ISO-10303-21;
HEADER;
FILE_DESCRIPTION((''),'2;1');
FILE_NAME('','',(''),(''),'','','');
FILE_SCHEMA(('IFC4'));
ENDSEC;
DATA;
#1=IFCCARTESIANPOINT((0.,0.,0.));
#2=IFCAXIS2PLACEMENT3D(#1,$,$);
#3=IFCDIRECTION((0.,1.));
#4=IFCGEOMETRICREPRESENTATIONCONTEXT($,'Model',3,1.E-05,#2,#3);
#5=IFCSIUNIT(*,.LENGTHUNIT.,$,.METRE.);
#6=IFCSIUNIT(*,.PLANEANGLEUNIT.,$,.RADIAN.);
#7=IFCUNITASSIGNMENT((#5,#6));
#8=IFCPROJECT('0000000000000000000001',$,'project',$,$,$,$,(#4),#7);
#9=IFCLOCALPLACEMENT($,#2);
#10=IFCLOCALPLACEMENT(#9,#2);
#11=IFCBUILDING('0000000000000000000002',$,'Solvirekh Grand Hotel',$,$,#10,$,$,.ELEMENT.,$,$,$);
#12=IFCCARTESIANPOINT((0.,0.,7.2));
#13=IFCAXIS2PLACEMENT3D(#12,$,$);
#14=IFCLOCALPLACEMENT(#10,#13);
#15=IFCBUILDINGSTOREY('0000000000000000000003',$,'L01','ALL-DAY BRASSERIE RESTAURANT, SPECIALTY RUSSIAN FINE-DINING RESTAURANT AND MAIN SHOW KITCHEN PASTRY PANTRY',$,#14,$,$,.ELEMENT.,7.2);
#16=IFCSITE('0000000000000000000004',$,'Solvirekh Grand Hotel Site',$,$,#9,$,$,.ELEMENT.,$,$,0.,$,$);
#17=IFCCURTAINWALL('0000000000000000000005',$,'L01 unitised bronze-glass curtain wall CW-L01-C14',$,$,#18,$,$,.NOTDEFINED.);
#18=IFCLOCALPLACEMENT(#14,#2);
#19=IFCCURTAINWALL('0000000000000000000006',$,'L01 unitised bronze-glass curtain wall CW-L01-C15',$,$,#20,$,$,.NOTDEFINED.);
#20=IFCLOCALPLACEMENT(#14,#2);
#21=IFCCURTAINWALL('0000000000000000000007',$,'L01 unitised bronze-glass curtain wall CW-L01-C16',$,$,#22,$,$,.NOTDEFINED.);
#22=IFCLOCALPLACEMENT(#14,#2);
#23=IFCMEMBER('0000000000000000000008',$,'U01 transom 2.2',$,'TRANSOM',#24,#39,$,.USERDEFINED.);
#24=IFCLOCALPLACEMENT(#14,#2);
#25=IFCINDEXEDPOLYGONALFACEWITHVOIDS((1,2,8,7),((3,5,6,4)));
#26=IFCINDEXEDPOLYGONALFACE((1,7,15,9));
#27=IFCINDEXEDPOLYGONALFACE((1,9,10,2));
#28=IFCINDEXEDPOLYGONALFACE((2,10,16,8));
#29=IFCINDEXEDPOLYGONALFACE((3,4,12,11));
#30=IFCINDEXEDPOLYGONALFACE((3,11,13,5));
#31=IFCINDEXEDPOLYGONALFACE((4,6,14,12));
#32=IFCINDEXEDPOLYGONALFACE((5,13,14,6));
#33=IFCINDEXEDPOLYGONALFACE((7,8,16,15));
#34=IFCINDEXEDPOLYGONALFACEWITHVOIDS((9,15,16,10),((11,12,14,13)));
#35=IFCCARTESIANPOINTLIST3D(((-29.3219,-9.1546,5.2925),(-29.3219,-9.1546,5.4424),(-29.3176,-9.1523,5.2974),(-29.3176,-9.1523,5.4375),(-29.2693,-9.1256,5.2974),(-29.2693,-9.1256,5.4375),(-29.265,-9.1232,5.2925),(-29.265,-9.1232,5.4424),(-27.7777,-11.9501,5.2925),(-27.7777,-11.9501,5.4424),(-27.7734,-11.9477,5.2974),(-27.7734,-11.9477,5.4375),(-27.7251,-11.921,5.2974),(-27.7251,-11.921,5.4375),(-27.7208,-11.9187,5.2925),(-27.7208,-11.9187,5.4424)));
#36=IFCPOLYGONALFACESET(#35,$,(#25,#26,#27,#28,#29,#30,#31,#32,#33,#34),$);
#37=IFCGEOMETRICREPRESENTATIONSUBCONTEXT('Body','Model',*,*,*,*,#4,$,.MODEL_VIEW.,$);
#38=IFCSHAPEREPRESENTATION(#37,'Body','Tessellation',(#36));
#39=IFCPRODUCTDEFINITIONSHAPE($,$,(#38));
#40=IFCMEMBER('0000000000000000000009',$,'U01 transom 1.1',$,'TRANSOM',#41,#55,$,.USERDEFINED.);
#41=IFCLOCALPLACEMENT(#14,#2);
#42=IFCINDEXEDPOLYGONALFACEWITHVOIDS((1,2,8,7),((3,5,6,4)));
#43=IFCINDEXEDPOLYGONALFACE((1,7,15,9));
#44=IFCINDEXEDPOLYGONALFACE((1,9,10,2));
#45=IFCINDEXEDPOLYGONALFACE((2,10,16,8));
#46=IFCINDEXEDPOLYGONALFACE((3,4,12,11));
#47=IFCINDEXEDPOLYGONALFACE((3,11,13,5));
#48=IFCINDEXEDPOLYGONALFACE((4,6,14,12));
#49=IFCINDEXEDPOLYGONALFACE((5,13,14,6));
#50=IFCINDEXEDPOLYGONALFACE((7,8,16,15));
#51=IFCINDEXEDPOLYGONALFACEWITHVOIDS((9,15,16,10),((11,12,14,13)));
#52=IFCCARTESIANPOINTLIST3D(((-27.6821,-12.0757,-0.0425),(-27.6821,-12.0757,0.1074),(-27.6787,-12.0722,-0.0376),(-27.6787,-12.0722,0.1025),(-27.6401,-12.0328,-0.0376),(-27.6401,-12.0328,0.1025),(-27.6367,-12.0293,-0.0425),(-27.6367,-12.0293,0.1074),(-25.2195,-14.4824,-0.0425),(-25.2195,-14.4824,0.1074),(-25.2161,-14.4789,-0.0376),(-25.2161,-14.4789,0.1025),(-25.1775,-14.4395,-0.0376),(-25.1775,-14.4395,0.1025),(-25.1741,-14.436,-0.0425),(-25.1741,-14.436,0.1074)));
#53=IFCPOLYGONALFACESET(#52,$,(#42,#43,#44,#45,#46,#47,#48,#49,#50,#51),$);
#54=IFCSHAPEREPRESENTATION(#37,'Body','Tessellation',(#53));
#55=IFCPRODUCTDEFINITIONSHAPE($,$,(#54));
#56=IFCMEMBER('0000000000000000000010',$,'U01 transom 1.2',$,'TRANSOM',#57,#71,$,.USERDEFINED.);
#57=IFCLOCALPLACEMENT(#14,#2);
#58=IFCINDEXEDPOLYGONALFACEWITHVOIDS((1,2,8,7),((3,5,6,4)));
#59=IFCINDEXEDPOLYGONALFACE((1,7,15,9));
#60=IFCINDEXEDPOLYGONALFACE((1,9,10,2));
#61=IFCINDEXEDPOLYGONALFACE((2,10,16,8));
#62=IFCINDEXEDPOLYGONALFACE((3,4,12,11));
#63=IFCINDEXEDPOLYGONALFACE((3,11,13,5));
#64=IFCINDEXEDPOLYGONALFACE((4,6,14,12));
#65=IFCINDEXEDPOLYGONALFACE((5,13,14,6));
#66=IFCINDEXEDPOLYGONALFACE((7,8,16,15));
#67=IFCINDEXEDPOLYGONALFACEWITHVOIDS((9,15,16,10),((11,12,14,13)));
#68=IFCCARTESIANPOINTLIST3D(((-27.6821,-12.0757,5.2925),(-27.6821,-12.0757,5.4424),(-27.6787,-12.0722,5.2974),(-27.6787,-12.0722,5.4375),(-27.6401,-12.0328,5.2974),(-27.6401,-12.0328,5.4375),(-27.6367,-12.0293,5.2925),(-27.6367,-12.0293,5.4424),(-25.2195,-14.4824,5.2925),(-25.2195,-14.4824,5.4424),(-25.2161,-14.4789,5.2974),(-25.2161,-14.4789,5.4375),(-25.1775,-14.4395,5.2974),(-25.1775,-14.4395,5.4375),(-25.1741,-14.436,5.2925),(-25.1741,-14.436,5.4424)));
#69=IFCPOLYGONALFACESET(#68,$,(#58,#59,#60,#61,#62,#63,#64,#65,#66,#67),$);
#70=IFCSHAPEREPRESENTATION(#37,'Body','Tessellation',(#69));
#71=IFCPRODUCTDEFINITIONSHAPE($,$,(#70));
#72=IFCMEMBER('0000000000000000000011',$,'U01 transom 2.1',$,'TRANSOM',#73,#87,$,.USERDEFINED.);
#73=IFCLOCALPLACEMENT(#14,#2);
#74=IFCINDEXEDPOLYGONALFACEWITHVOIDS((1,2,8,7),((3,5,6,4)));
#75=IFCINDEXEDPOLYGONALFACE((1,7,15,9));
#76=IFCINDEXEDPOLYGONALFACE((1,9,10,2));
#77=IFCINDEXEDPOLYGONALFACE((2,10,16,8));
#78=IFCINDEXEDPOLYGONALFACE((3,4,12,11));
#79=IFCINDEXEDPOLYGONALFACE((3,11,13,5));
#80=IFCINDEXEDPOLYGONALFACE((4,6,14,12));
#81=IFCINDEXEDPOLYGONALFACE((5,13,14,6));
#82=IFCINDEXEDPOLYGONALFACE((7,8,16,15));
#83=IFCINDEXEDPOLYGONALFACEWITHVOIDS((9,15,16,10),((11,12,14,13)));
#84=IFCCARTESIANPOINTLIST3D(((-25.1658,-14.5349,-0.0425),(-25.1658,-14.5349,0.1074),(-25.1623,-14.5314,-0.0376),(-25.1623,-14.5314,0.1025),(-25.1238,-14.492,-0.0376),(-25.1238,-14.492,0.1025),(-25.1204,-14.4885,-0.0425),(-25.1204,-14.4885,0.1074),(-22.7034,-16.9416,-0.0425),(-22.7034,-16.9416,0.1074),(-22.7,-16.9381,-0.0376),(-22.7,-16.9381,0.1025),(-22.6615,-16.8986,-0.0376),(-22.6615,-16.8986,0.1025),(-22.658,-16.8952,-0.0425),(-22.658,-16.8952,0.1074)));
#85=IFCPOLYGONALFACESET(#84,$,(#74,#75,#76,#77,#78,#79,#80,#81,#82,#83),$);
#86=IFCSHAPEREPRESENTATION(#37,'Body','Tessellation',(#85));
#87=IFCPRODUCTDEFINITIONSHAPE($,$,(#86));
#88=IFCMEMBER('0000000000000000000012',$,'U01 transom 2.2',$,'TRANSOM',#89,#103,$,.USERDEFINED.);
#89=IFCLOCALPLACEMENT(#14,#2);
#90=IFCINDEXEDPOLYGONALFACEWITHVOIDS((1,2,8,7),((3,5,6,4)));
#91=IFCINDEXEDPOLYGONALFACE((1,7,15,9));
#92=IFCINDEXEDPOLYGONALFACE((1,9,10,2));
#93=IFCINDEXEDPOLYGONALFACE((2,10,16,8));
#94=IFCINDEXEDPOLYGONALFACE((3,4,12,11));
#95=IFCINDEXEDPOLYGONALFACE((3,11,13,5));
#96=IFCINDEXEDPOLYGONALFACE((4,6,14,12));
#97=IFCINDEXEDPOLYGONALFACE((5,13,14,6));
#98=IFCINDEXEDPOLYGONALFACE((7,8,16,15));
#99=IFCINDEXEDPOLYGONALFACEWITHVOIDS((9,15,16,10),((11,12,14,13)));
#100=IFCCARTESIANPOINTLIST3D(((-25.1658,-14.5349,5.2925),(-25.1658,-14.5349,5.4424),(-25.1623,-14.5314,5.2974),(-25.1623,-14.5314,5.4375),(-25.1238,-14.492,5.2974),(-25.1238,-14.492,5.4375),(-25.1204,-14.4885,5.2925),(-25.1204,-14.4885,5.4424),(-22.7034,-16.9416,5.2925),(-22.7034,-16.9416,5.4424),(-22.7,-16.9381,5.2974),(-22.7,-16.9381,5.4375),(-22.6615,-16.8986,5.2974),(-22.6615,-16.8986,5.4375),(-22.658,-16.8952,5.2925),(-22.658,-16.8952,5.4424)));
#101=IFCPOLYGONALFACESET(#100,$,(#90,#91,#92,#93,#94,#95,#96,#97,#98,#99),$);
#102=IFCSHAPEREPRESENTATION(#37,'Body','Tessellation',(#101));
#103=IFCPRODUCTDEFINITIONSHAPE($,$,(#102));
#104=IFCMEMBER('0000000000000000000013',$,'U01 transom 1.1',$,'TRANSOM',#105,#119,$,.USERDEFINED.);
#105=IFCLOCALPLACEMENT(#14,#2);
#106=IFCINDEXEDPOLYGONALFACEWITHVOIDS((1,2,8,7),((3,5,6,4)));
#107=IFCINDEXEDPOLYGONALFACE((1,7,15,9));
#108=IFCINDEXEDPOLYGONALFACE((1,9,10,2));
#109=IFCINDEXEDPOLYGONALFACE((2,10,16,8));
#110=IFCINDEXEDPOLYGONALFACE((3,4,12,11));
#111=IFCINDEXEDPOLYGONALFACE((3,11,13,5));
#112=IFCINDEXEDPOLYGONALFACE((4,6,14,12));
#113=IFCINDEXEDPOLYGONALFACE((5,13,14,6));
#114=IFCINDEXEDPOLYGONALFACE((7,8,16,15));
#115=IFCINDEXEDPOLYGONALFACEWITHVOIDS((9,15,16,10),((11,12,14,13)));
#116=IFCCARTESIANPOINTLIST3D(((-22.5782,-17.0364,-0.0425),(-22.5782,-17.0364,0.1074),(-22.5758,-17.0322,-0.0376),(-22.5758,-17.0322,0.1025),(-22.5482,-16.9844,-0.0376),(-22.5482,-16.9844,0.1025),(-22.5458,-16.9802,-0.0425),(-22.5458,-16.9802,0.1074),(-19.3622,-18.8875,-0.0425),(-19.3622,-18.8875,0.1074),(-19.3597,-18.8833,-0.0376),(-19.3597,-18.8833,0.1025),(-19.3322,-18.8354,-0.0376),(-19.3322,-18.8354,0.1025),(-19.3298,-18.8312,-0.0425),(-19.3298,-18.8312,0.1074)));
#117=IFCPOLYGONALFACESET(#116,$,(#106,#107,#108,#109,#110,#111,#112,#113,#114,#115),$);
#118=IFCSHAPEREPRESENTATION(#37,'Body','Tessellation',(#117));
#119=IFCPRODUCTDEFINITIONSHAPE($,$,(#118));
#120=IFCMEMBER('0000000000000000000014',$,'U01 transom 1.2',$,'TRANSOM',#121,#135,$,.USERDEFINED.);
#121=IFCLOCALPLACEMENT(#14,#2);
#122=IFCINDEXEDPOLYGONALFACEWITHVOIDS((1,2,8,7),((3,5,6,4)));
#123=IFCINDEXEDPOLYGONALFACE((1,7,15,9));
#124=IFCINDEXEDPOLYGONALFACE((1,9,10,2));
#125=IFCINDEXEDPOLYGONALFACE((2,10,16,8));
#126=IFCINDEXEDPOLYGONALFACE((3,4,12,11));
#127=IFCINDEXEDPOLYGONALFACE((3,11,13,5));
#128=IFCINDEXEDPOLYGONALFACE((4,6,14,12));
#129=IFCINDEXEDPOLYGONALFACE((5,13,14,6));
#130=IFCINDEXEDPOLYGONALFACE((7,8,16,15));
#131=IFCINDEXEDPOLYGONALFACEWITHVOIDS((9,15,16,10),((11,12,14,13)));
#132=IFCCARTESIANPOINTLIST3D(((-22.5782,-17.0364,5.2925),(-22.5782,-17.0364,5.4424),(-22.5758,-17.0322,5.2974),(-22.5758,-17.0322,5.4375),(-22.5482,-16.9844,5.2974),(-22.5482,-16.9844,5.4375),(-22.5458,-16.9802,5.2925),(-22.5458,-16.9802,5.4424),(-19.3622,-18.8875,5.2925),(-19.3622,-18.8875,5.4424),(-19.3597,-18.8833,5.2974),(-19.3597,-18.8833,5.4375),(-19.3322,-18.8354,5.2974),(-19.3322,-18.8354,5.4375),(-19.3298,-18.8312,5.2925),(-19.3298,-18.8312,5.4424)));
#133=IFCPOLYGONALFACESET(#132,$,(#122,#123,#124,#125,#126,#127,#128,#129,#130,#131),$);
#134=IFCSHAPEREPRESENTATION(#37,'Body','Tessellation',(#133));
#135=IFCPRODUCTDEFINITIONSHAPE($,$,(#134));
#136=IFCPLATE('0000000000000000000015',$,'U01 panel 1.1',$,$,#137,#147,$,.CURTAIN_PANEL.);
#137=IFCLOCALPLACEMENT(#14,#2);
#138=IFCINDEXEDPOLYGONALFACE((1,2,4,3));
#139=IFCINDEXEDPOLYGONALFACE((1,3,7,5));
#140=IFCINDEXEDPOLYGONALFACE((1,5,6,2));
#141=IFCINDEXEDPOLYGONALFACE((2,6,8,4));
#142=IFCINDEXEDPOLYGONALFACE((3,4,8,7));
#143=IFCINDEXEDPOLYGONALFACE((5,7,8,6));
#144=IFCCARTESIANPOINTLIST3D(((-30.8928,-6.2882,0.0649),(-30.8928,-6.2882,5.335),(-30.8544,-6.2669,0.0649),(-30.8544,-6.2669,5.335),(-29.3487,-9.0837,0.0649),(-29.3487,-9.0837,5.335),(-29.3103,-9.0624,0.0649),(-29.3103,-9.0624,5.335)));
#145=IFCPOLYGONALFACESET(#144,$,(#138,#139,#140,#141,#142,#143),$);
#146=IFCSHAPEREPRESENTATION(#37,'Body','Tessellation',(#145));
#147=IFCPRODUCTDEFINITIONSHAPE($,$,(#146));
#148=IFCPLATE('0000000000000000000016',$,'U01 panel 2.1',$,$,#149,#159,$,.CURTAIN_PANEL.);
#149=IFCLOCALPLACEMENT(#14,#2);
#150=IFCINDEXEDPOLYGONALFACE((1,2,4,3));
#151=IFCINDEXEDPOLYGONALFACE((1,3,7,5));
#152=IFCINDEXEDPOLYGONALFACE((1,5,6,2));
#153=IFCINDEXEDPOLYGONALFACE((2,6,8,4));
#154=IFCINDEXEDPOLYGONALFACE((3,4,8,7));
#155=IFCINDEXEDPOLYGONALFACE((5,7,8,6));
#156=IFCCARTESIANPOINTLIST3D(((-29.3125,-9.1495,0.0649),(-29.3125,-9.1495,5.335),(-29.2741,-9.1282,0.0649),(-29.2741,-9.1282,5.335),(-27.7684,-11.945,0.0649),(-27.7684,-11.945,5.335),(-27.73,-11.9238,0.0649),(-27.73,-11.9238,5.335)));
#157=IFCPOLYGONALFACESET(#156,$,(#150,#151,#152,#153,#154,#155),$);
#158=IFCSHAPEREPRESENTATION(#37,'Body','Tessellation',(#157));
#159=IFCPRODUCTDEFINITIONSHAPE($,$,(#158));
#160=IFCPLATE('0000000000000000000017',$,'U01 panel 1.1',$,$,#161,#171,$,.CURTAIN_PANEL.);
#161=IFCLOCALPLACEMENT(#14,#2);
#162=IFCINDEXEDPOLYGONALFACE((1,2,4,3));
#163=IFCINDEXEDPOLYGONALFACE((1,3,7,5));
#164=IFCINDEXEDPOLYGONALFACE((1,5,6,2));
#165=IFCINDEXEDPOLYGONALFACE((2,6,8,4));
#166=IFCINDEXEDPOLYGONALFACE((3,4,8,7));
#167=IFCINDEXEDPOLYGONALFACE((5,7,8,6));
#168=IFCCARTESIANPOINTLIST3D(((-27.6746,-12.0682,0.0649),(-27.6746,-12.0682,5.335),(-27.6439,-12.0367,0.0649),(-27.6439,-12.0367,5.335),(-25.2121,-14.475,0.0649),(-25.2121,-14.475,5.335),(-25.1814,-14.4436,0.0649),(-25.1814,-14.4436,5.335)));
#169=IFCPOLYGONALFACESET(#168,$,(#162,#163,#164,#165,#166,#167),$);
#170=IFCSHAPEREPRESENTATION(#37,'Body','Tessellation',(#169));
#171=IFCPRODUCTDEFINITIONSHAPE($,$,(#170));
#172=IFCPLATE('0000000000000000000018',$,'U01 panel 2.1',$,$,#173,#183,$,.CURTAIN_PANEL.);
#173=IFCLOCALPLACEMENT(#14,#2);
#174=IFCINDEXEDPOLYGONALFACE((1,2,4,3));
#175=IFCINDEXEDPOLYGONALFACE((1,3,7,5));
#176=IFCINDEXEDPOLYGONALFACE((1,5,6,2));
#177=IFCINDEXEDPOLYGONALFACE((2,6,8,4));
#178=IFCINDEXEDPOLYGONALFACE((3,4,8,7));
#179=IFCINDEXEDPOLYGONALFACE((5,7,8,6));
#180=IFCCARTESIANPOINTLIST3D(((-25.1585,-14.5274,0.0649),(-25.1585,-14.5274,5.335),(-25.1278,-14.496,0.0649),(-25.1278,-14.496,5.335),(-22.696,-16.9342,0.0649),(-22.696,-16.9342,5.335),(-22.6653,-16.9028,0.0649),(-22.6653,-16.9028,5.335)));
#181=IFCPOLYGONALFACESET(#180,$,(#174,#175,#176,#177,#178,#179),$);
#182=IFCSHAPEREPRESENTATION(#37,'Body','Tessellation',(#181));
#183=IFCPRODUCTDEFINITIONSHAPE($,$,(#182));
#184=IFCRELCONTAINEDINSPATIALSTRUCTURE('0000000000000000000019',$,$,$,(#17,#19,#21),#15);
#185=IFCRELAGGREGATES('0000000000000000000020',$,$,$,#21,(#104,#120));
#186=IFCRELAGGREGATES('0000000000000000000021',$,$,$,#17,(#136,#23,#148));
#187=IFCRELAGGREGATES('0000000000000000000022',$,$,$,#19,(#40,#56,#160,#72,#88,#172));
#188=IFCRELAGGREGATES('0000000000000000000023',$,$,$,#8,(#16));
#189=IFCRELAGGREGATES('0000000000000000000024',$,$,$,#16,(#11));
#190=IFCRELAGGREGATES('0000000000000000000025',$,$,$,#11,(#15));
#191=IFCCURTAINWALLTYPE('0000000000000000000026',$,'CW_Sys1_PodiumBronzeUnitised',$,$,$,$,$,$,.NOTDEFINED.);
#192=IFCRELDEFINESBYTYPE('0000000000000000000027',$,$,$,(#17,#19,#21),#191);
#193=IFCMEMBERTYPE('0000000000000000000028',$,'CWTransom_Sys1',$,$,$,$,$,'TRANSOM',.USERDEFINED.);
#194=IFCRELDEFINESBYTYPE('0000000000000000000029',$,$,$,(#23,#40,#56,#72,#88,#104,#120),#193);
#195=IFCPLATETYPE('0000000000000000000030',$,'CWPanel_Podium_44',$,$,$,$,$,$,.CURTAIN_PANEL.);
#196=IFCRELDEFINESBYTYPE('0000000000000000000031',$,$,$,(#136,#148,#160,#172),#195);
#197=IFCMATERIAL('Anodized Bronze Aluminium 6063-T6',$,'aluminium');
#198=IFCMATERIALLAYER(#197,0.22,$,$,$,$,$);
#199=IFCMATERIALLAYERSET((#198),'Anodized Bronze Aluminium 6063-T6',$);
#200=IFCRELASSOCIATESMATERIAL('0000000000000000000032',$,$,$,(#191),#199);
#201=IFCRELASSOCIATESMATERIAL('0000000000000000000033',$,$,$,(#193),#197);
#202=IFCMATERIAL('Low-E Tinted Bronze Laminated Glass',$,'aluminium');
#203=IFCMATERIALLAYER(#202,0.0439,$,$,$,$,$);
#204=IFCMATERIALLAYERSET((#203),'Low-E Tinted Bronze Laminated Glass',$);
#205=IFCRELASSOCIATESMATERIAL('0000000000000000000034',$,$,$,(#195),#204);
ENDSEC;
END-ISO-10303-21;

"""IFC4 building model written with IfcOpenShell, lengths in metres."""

from ifc_helpers import new_model, si_unit, direction, frame, origin, origin_2d, place, context, subcontext, project, spatial, rectangle, hollow_rectangle, extrude, source, transform, mapped, material, layer, layer_set, material_profile, profile_set, type_object, element, aggregate, save


model = new_model("IFC4")

# Units and contexts
model_context = context("Model", 3, precision=1e-05, world=origin(), true_north=direction((0.0, 1.0)))
body_context = subcontext(model_context, "Body", "Model", "MODEL_VIEW")
ifc_project = project(units=[si_unit("LENGTHUNIT", "METRE"), si_unit("PLANEANGLEUNIT", "RADIAN")], contexts=[model_context])

# Site, building, storey
site_placement = place(None, origin())
site = spatial("IfcSite", under=ifc_project, at=site_placement, Name="Solvirekh Grand Hotel Site", CompositionType="ELEMENT", RefElevation=0.0)
building_placement = place(site_placement, origin())
building = spatial("IfcBuilding", under=site, at=building_placement, Name="Solvirekh Grand Hotel", CompositionType="ELEMENT")
storey_placement = place(building_placement, frame((0.0, 0.0, 7.2)))
storey = spatial("IfcBuildingStorey", under=building, at=storey_placement, Name="L01", Description="ALL-DAY BRASSERIE RESTAURANT, SPECIALTY RUSSIAN FINE-DINING RESTAURANT AND MAIN SHOW KITCHEN PASTRY PANTRY", CompositionType="ELEMENT", Elevation=7.2)

# Curtain walls
ifc_material_1 = material(Name="Anodized Bronze Aluminium 6063-T6", Category="aluminium")
ifc_layer_1 = layer(ifc_material_1, 0.22)
ifc_layer_set_1 = layer_set([ifc_layer_1], Name="Anodized Bronze Aluminium 6063-T6")
curtain_wall_type = type_object("IfcCurtainWallType", Name="CW_Sys1_PodiumBronzeUnitised", PredefinedType="NOTDEFINED", material=ifc_layer_set_1)
curtain_wall_1_placement = place(storey_placement, origin())
curtain_wall_1 = element("IfcCurtainWall", 1, at=curtain_wall_1_placement, inside=storey, type_object=curtain_wall_type, Name="L01 unitised bronze-glass curtain wall CW-L01-C14", PredefinedType="NOTDEFINED")
curtain_wall_2_placement = place(storey_placement, origin())
curtain_wall_2 = element("IfcCurtainWall", 2, at=curtain_wall_2_placement, inside=storey, type_object=curtain_wall_type, Name="L01 unitised bronze-glass curtain wall CW-L01-C15", PredefinedType="NOTDEFINED")

# Curtain wall
curtain_wall_3_placement = place(storey_placement, origin())
curtain_wall_3 = element("IfcCurtainWall", 3, at=curtain_wall_3_placement, inside=storey, type_object=curtain_wall_type, Name="L01 unitised bronze-glass curtain wall CW-L01-C16", PredefinedType="NOTDEFINED")

# Members
ifc_material_profile_1 = material_profile(ifc_material_1, hollow_rectangle(XDim=0.0649, YDim=0.1499, WallThickness=0.0049, at=origin_2d()), Name="ALU RHS 150X65X5")
ifc_profile_set_1 = profile_set([ifc_material_profile_1], Name="Anodized Bronze Aluminium 6063-T6")
member_type_1 = type_object("IfcMemberType", Name="CWTransom_Sys1", ElementType="TRANSOM", PredefinedType="USERDEFINED", material=ifc_profile_set_1)
shared_shape_1 = source(origin(), body_context, "Body", "SweptSolid", [
    extrude(hollow_rectangle(XDim=0.0649, YDim=0.1499, WallThickness=0.0049, at=origin_2d()), origin(), (0.0, 0.0, 1.0), 3.1936),
])
member_1_placement = place(storey_placement, frame((-29.2935, -9.1389, 5.3674), z_axis=(0.483532, -0.875327, 0.0), x_axis=(0.875327, 0.483532, 0.0)))
member_1 = element("IfcMember", 4, at=member_1_placement, type_object=member_type_1, Name="U01 transom 2.2", ObjectType="TRANSOM", PredefinedType="USERDEFINED", context=body_context, shape_type="MappedRepresentation", body=[
    mapped(shared_shape_1, transform((0.0, 0.0, 0.0), x_axis=(1.0, 0.0, 0.0), y_axis=(0.0, 1.0, 0.0), z_axis=(0.0, 0.0, 1.0), scale=1.0)),
])
shared_shape_2 = source(origin(), body_context, "Body", "SweptSolid", [
    extrude(hollow_rectangle(XDim=0.0649, YDim=0.1499, WallThickness=0.0049, at=origin_2d()), origin(), (0.0, 0.0, 1.0), 3.4434),
])
member_2_placement = place(storey_placement, frame((-27.6594, -12.0525, 0.0325), z_axis=(0.715178, -0.698942, 0.0), x_axis=(0.698942, 0.715178, 0.0)))
member_2 = element("IfcMember", 5, at=member_2_placement, type_object=member_type_1, Name="U01 transom 1.1", ObjectType="TRANSOM", PredefinedType="USERDEFINED", context=body_context, shape_type="MappedRepresentation", body=[
    mapped(shared_shape_2, transform((0.0, 0.0, 0.0), x_axis=(1.0, 0.0, 0.0), y_axis=(0.0, 1.0, 0.0), z_axis=(0.0, 0.0, 1.0), scale=1.0)),
])
member_3_placement = place(storey_placement, frame((-27.6594, -12.0525, 5.3674), z_axis=(0.715178, -0.698942, 0.0), x_axis=(0.698942, 0.715178, 0.0)))
member_3 = element("IfcMember", 6, at=member_3_placement, type_object=member_type_1, Name="U01 transom 1.2", ObjectType="TRANSOM", PredefinedType="USERDEFINED", context=body_context, shape_type="MappedRepresentation", body=[
    mapped(shared_shape_2, transform((0.0, 0.0, 0.0), x_axis=(1.0, 0.0, 0.0), y_axis=(0.0, 1.0, 0.0), z_axis=(0.0, 0.0, 1.0), scale=1.0)),
])
shared_shape_3 = source(origin(), body_context, "Body", "SweptSolid", [
    extrude(hollow_rectangle(XDim=0.0649, YDim=0.1499, WallThickness=0.0049, at=origin_2d()), origin(), (0.0, 0.0, 1.0), 3.4431),
])
member_4_placement = place(storey_placement, frame((-25.1431, -14.5117, 0.0325), z_axis=(0.715144, -0.698977, 0.0), x_axis=(0.698977, 0.715144, 0.0)))
member_4 = element("IfcMember", 7, at=member_4_placement, type_object=member_type_1, Name="U01 transom 2.1", ObjectType="TRANSOM", PredefinedType="USERDEFINED", context=body_context, shape_type="MappedRepresentation", body=[
    mapped(shared_shape_3, transform((0.0, 0.0, 0.0), x_axis=(1.0, 0.0, 0.0), y_axis=(0.0, 1.0, 0.0), z_axis=(0.0, 0.0, 1.0), scale=1.0)),
])
member_5_placement = place(storey_placement, frame((-25.1431, -14.5117, 5.3674), z_axis=(0.715144, -0.698977, 0.0), x_axis=(0.698977, 0.715144, 0.0)))
member_5 = element("IfcMember", 8, at=member_5_placement, type_object=member_type_1, Name="U01 transom 2.2", ObjectType="TRANSOM", PredefinedType="USERDEFINED", context=body_context, shape_type="MappedRepresentation", body=[
    mapped(shared_shape_3, transform((0.0, 0.0, 0.0), x_axis=(1.0, 0.0, 0.0), y_axis=(0.0, 1.0, 0.0), z_axis=(0.0, 0.0, 1.0), scale=1.0)),
])
shared_shape_4 = source(origin(), body_context, "Body", "SweptSolid", [
    extrude(hollow_rectangle(XDim=0.0649, YDim=0.1499, WallThickness=0.0049, at=origin_2d()), origin(), (0.0, 0.0, 1.0), 3.7107),
])
member_6_placement = place(storey_placement, frame((-22.562, -17.0083, 0.0325), z_axis=(0.866692, -0.498843, 0.0), x_axis=(0.498843, 0.866692, 0.0)))
member_6 = element("IfcMember", 9, at=member_6_placement, type_object=member_type_1, Name="U01 transom 1.1", ObjectType="TRANSOM", PredefinedType="USERDEFINED", context=body_context, shape_type="MappedRepresentation", body=[
    mapped(shared_shape_4, transform((0.0, 0.0, 0.0), x_axis=(1.0, 0.0, 0.0), y_axis=(0.0, 1.0, 0.0), z_axis=(0.0, 0.0, 1.0), scale=1.0)),
])
member_7_placement = place(storey_placement, frame((-22.562, -17.0083, 5.3674), z_axis=(0.866692, -0.498843, 0.0), x_axis=(0.498843, 0.866692, 0.0)))
member_7 = element("IfcMember", 10, at=member_7_placement, type_object=member_type_1, Name="U01 transom 1.2", ObjectType="TRANSOM", PredefinedType="USERDEFINED", context=body_context, shape_type="MappedRepresentation", body=[
    mapped(shared_shape_4, transform((0.0, 0.0, 0.0), x_axis=(1.0, 0.0, 0.0), y_axis=(0.0, 1.0, 0.0), z_axis=(0.0, 0.0, 1.0), scale=1.0)),
])
aggregate(curtain_wall_3, [member_6, member_7])

# Plates
ifc_material_2 = material(Name="Low-E Tinted Bronze Laminated Glass", Category="aluminium")
ifc_layer_2 = layer(ifc_material_2, 0.0439)
ifc_layer_set_2 = layer_set([ifc_layer_2], Name="Low-E Tinted Bronze Laminated Glass")
plate_type = type_object("IfcPlateType", Name="CWPanel_Podium_44", PredefinedType="CURTAIN_PANEL", material=ifc_layer_set_2)
shared_shape_5 = source(origin(), body_context, "Body", "SweptSolid", [
    extrude(rectangle(XDim=3.1936, YDim=0.0439, at=origin_2d()), origin(), (0.0, 0.0, 1.0), 5.27),
])
plate_1_placement = place(storey_placement, frame((-30.1016, -7.6753, 0.0649), z_axis=(0.0, 0.0, 1.0), x_axis=(0.483497, -0.875346, 0.0)))
plate_1 = element("IfcPlate", 11, at=plate_1_placement, type_object=plate_type, Name="U01 panel 1.1", PredefinedType="CURTAIN_PANEL", context=body_context, shape_type="MappedRepresentation", body=[
    mapped(shared_shape_5, transform((0.0, 0.0, 0.0), x_axis=(1.0, 0.0, 0.0), y_axis=(0.0, 1.0, 0.0), z_axis=(0.0, 0.0, 1.0), scale=1.0)),
])
plate_2_placement = place(storey_placement, frame((-28.5212, -10.5366, 0.0649), z_axis=(0.0, 0.0, 1.0), x_axis=(0.483497, -0.875346, 0.0)))
plate_2 = element("IfcPlate", 12, at=plate_2_placement, type_object=plate_type, Name="U01 panel 2.1", PredefinedType="CURTAIN_PANEL", context=body_context, shape_type="MappedRepresentation", body=[
    mapped(shared_shape_5, transform((0.0, 0.0, 0.0), x_axis=(1.0, 0.0, 0.0), y_axis=(0.0, 1.0, 0.0), z_axis=(0.0, 0.0, 1.0), scale=1.0)),
])
aggregate(curtain_wall_1, [plate_1, member_1, plate_2])
shared_shape_6 = source(origin(), body_context, "Body", "SweptSolid", [
    extrude(rectangle(XDim=3.4434, YDim=0.0439, at=origin_2d()), origin(), (0.0, 0.0, 1.0), 5.27),
])
plate_3_placement = place(storey_placement, frame((-26.428, -13.2559, 0.0649), z_axis=(0.0, 0.0, 1.0), x_axis=(0.715146, -0.698975, 0.0)))
plate_3 = element("IfcPlate", 13, at=plate_3_placement, type_object=plate_type, Name="U01 panel 1.1", PredefinedType="CURTAIN_PANEL", context=body_context, shape_type="MappedRepresentation", body=[
    mapped(shared_shape_6, transform((0.0, 0.0, 0.0), x_axis=(1.0, 0.0, 0.0), y_axis=(0.0, 1.0, 0.0), z_axis=(0.0, 0.0, 1.0), scale=1.0)),
])
plate_4_placement = place(storey_placement, frame((-23.9119, -15.7151, 0.0649), z_axis=(0.0, 0.0, 1.0), x_axis=(0.715146, -0.698975, 0.0)))
plate_4 = element("IfcPlate", 14, at=plate_4_placement, type_object=plate_type, Name="U01 panel 2.1", PredefinedType="CURTAIN_PANEL", context=body_context, shape_type="MappedRepresentation", body=[
    mapped(shared_shape_6, transform((0.0, 0.0, 0.0), x_axis=(1.0, 0.0, 0.0), y_axis=(0.0, 1.0, 0.0), z_axis=(0.0, 0.0, 1.0), scale=1.0)),
])
aggregate(curtain_wall_2, [member_2, member_3, plate_3, member_4, member_5, plate_4])

save(model, "model.ifc")
